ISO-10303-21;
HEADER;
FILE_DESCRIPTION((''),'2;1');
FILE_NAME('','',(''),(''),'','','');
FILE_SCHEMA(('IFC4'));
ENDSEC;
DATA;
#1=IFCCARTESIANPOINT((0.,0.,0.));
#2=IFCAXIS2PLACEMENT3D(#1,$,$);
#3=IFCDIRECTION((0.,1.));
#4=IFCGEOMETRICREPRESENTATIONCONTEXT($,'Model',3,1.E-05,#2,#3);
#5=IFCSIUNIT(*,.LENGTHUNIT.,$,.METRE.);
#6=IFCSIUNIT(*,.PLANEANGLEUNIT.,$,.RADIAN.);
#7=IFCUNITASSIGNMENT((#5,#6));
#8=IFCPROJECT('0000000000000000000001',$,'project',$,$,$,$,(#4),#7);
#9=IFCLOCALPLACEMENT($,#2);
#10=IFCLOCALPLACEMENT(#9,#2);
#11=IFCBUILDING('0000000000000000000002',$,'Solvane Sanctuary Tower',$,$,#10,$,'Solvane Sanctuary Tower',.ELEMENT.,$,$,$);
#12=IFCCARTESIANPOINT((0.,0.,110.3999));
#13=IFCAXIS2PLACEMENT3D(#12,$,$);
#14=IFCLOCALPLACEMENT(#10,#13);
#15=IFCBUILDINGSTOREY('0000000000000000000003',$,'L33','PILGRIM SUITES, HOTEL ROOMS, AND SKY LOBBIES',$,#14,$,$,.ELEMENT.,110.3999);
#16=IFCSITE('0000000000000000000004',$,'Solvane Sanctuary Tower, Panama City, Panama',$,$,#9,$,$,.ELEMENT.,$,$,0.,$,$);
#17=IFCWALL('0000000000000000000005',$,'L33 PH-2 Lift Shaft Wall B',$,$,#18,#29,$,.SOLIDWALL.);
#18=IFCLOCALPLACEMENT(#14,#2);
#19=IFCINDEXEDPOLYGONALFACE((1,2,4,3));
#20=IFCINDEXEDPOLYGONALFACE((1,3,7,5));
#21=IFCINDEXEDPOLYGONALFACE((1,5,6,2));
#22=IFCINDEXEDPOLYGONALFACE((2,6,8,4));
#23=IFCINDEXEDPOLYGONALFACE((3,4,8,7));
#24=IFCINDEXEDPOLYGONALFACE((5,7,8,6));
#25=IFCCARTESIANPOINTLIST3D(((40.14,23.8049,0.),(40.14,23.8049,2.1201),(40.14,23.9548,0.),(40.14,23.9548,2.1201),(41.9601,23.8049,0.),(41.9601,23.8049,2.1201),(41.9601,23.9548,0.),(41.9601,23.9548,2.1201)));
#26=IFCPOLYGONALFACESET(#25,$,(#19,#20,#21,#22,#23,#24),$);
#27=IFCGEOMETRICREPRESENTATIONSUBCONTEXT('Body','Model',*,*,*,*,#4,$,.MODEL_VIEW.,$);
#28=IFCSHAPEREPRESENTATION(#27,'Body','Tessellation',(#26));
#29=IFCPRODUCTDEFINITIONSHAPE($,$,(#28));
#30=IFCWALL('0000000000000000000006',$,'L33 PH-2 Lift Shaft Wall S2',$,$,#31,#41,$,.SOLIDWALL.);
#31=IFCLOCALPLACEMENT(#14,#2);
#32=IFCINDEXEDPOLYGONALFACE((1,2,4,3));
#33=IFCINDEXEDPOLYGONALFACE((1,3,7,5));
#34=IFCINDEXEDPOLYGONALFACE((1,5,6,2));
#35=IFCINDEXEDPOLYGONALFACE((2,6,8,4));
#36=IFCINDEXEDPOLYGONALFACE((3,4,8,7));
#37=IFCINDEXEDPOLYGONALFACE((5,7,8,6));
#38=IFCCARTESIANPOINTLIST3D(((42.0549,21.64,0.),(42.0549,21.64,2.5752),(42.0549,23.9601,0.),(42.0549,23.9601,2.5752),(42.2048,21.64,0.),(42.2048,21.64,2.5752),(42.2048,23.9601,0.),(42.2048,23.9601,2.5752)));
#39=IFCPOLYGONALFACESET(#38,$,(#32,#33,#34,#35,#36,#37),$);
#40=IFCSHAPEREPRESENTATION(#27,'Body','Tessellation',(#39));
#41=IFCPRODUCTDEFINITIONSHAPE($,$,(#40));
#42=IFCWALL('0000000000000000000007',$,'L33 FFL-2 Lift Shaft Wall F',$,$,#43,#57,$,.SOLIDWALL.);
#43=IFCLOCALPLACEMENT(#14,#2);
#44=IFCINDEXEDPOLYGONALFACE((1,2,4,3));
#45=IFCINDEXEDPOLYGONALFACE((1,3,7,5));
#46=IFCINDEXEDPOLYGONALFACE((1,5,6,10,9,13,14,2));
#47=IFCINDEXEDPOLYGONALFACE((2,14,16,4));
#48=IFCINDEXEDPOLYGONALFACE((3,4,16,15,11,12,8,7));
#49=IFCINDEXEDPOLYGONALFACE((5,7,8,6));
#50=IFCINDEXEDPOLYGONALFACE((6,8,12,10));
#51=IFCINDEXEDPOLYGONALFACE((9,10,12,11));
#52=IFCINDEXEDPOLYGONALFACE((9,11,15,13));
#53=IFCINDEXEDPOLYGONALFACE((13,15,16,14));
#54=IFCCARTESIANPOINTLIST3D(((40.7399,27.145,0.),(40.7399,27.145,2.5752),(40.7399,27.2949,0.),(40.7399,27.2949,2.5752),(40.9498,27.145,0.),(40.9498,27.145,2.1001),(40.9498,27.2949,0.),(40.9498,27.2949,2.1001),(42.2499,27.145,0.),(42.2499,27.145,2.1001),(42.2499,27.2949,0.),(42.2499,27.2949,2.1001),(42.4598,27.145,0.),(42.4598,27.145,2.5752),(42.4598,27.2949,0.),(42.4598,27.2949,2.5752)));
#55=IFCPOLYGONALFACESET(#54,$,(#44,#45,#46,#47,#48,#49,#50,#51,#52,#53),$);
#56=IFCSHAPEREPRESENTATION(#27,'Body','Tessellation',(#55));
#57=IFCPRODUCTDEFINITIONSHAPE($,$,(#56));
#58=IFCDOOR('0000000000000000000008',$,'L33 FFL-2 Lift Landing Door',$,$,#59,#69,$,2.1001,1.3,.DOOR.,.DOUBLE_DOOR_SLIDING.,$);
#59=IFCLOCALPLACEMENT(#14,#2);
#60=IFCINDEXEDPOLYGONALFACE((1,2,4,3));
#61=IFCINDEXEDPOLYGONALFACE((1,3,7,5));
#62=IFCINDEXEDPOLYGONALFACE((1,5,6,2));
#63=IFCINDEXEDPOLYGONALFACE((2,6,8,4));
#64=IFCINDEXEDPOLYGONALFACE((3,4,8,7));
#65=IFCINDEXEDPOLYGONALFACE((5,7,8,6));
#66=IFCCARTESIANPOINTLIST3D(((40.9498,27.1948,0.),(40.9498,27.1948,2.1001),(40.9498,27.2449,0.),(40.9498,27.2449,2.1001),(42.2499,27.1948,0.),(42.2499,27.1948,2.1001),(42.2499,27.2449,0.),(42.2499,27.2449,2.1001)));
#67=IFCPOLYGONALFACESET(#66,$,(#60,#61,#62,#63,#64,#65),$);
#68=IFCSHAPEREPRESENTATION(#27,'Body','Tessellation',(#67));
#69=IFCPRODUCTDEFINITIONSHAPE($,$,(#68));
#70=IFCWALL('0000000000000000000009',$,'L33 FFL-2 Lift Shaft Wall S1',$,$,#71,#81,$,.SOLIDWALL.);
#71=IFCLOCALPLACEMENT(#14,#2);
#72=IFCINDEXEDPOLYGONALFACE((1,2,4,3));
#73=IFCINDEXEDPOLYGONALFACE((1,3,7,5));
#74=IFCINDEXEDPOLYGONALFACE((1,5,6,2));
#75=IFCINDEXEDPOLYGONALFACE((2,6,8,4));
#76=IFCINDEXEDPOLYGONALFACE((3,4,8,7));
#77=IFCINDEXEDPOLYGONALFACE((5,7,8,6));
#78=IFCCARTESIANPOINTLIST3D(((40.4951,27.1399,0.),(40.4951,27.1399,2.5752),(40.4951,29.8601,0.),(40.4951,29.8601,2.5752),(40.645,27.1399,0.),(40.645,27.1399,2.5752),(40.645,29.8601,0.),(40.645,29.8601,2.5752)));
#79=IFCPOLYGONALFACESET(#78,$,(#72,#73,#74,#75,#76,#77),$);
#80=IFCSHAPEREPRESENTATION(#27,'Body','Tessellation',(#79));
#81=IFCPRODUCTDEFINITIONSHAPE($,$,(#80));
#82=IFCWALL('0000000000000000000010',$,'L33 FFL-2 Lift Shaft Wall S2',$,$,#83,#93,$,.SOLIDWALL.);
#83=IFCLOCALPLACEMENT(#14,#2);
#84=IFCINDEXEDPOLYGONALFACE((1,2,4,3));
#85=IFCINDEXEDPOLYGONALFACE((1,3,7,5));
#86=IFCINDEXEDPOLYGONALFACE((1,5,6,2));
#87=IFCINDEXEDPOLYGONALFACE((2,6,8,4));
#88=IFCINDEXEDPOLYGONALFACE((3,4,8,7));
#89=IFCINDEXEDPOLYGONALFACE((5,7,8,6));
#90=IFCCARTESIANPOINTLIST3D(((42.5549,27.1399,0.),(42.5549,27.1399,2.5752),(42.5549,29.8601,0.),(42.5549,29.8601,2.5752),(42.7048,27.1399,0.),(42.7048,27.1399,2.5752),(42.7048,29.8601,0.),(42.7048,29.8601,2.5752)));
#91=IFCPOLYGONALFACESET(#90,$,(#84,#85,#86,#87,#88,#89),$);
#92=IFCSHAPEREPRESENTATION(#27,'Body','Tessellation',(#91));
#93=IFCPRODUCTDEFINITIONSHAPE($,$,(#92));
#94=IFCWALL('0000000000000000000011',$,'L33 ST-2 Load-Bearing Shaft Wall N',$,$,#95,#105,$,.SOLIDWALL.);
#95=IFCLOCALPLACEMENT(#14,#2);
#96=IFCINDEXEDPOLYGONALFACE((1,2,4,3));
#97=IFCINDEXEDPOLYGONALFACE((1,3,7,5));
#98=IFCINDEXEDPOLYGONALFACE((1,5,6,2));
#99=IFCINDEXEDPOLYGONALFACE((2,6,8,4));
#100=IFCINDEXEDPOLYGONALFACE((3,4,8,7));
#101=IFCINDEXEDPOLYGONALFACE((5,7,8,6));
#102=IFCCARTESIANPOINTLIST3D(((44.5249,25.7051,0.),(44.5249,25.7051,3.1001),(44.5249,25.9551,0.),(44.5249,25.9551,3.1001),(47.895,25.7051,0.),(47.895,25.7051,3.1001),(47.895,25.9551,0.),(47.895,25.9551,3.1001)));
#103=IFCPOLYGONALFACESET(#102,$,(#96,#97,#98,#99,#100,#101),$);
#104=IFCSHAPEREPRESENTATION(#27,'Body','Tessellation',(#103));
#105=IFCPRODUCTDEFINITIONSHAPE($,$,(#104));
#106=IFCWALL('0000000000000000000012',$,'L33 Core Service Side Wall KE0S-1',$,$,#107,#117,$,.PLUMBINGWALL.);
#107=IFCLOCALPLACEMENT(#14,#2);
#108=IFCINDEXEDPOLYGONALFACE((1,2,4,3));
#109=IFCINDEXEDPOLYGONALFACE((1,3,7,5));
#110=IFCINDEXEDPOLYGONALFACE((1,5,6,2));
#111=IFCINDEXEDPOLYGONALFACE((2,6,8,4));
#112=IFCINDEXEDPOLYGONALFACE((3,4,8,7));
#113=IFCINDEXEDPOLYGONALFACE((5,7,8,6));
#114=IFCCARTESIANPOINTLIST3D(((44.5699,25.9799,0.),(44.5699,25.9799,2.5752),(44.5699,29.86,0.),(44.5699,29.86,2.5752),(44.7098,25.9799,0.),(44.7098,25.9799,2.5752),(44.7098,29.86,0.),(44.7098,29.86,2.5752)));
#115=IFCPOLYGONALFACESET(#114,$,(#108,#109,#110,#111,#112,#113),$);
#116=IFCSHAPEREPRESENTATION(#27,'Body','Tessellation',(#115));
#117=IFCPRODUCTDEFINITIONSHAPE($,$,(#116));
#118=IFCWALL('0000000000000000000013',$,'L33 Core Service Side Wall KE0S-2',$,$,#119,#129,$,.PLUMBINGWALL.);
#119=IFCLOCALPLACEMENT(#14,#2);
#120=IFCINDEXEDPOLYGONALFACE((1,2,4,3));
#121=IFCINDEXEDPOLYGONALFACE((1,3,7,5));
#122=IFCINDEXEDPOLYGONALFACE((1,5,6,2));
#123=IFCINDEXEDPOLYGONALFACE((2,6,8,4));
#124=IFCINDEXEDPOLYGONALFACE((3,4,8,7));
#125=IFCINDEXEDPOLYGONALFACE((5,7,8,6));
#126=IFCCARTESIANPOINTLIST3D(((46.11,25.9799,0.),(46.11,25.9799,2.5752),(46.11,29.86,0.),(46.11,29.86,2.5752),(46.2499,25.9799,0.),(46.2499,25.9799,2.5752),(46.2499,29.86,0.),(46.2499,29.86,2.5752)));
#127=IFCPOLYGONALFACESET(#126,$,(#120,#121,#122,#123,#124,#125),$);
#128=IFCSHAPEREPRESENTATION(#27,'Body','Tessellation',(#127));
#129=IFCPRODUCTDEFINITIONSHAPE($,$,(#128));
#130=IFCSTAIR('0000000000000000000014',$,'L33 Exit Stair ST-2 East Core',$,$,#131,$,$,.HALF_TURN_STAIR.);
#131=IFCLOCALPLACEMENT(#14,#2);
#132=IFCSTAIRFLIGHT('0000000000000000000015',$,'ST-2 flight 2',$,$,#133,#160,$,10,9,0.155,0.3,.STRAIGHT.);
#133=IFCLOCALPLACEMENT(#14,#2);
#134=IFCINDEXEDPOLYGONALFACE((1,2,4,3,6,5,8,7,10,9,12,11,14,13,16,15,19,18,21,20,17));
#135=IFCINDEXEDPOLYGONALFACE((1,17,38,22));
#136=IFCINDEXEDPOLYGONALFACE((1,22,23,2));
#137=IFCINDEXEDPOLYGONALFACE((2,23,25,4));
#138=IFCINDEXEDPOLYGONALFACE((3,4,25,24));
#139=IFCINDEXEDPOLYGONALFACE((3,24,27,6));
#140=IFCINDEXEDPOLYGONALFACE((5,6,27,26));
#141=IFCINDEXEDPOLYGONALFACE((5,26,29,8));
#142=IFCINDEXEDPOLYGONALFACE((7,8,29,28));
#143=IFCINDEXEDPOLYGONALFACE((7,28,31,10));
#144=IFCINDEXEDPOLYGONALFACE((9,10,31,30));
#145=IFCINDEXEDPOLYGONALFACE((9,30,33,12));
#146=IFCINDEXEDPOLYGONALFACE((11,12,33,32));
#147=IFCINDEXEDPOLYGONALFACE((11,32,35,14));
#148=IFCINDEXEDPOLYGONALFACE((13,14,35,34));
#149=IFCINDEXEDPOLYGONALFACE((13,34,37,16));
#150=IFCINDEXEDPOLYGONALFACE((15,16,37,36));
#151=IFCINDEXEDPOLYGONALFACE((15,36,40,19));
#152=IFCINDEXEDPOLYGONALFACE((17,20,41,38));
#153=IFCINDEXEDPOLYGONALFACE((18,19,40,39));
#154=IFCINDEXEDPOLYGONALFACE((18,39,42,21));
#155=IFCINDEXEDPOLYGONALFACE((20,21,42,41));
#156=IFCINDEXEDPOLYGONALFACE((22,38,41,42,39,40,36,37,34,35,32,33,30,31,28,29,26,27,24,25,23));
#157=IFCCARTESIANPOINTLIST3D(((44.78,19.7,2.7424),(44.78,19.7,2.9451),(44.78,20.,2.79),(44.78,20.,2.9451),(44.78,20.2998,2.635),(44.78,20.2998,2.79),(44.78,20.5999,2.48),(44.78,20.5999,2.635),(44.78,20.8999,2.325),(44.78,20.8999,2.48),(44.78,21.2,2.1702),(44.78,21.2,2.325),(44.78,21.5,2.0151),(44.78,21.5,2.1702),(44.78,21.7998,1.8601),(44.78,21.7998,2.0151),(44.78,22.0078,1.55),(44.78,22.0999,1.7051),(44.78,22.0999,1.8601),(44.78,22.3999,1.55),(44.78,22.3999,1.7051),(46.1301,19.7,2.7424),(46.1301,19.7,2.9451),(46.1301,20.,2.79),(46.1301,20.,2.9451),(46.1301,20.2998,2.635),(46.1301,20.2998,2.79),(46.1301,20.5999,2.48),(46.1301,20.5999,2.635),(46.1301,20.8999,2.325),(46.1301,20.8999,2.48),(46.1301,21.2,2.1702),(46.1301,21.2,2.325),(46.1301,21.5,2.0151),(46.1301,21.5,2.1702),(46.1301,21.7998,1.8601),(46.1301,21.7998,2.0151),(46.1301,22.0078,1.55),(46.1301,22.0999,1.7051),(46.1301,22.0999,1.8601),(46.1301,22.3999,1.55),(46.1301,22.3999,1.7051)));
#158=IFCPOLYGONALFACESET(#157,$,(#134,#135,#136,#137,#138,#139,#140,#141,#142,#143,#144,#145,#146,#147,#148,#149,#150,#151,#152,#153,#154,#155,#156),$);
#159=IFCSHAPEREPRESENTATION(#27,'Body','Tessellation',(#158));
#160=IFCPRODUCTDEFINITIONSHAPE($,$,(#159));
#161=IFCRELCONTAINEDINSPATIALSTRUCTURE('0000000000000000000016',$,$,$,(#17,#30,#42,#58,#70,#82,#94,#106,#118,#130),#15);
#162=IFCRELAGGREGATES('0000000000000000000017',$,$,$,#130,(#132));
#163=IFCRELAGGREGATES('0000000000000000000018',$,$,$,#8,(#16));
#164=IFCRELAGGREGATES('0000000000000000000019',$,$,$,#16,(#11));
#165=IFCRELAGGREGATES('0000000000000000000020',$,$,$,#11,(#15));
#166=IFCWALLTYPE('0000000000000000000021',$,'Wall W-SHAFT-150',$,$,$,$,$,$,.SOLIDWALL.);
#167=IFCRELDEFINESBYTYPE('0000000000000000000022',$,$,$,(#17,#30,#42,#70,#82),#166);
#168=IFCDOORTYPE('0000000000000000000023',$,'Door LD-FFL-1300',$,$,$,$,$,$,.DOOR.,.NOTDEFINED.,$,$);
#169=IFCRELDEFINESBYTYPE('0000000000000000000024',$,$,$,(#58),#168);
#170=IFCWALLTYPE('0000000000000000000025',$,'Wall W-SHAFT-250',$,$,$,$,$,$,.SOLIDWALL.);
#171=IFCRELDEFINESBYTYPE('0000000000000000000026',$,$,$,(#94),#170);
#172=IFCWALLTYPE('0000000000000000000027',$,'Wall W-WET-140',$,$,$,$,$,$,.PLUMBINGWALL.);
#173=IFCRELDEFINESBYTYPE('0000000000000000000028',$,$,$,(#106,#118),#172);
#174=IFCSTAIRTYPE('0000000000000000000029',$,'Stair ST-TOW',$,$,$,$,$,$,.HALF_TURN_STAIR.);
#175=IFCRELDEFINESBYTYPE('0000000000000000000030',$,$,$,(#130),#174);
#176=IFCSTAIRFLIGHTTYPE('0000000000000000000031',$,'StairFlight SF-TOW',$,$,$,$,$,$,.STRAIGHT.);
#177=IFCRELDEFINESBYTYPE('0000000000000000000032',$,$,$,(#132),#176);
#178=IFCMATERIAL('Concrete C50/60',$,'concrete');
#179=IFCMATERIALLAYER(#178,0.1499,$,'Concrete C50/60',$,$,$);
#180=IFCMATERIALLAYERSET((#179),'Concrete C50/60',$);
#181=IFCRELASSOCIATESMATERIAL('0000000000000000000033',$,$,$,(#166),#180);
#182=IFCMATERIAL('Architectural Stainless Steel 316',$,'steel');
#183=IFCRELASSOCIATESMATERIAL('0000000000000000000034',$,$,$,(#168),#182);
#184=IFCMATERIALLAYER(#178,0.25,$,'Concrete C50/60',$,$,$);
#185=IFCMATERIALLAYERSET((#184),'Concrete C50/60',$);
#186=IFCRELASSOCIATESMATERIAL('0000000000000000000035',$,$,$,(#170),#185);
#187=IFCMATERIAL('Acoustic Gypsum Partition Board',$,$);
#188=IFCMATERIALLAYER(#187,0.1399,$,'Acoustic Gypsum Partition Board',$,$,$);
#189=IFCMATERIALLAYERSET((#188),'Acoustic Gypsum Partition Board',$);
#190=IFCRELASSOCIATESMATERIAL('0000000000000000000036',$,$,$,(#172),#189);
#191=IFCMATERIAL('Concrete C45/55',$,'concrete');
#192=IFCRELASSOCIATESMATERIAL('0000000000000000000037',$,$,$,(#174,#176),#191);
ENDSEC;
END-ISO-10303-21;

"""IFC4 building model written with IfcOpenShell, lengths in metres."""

from ifc_helpers import new_model, si_unit, direction, frame, frame_2d, origin, place, context, subcontext, project, spatial, polyline, rectangle, outline, extrude, material, layer, layer_set, type_object, element, fill, aggregate, save


model = new_model("IFC4")

# Units and contexts
model_context = context("Model", 3, precision=1e-05, world=origin(), true_north=direction((0.0, 1.0)))
body_context = subcontext(model_context, "Body", "Model", "MODEL_VIEW")
ifc_project = project(units=[si_unit("LENGTHUNIT", "METRE"), si_unit("PLANEANGLEUNIT", "RADIAN")], contexts=[model_context])

# Site, building, storey
site_placement = place(None, origin())
site = spatial("IfcSite", under=ifc_project, at=site_placement, Name="Solvane Sanctuary Tower, Panama City, Panama", CompositionType="ELEMENT", RefElevation=0.0)
building_placement = place(site_placement, origin())
building = spatial("IfcBuilding", under=site, at=building_placement, Name="Solvane Sanctuary Tower", LongName="Solvane Sanctuary Tower", CompositionType="ELEMENT")
storey_placement = place(building_placement, frame((0.0, 0.0, 110.3999)))
storey = spatial("IfcBuildingStorey", under=building, at=storey_placement, Name="L33", Description="PILGRIM SUITES, HOTEL ROOMS, AND SKY LOBBIES", CompositionType="ELEMENT", Elevation=110.3999)

# Shared definitions
ifc_material_1 = material(Name="Acoustic Gypsum Partition Board")

# Shared definitions
ifc_material_2 = material(Name="Concrete C50/60", Category="concrete")
ifc_layer_1 = layer(ifc_material_2, 0.1499, Name="Concrete C50/60")
ifc_layer_set_1 = layer_set([ifc_layer_1], Name="Concrete C50/60")
wall_type_1 = type_object("IfcWallType", Name="Wall W-SHAFT-150", PredefinedType="SOLIDWALL", material=ifc_layer_set_1)
ifc_material_3 = material(Name="Architectural Stainless Steel 316", Category="steel")

# Walls
for number, where, z_axis, x_axis, name in (
    (1, (40.1399, 23.8799, 0.0), (0.0, 0.0, 1.0), (1.0, 0.0, 0.0), "L33 PH-2 Lift Shaft Wall B"),
):
    element("IfcWall", number, at=place(storey_placement, frame(where, z_axis=z_axis, x_axis=x_axis)), inside=storey, type_object=wall_type_1, Name=name, PredefinedType="SOLIDWALL", context=body_context, shape_type="SweptSolid", body=[
        extrude(rectangle(XDim=1.8201, YDim=0.1499, at=frame_2d((0.9102, 0.0))), origin(), (0.0, 0.0, 1.0), 2.1201),
    ])
wall_1_placement = place(storey_placement, frame((42.1299, 21.6399, 0.0), z_axis=(0.0, 0.0, 1.0), x_axis=(0.0, 1.0, 0.0)))
element("IfcWall", 2, at=wall_1_placement, inside=storey, type_object=wall_type_1, Name="L33 PH-2 Lift Shaft Wall S2", PredefinedType="SOLIDWALL", context=body_context, shape_type="SweptSolid", body=[
    extrude(rectangle(XDim=2.3201, YDim=0.1499, at=frame_2d((1.1602, 0.0))), origin(), (0.0, 0.0, 1.0), 2.5752),
])

# Wall, opening, door
wall_2_placement = place(storey_placement, frame((40.74, 27.22, 0.0), z_axis=(0.0, 0.0, 1.0), x_axis=(1.0, 0.0, 0.0)))
wall_2 = element("IfcWall", 3, at=wall_2_placement, inside=storey, type_object=wall_type_1, Name="L33 FFL-2 Lift Shaft Wall F", PredefinedType="SOLIDWALL", context=body_context, shape_type="SweptSolid", body=[
    extrude(rectangle(XDim=1.72, YDim=0.1499, at=frame_2d((0.8599, 0.0))), origin(), (0.0, 0.0, 1.0), 2.5752),
])
opening_1_placement = place(wall_2_placement, frame((0.21, 0.0, 0.0)))
opening_1 = element("IfcOpeningElement", 4, at=opening_1_placement, cuts=wall_2, PredefinedType="OPENING", context=body_context, shape_type="SweptSolid", body=[
    extrude(rectangle(XDim=1.3, YDim=2.1001, at=frame_2d((0.6499, 1.05))), frame((0.0, 0.085, 0.0), z_axis=(0.0, -1.0, 0.0), x_axis=(1.0, 0.0, 0.0)), (0.0, 0.0, 1.0), 0.1699),
])
door_type_1 = type_object("IfcDoorType", Name="Door LD-FFL-1300", OperationType="NOTDEFINED", PredefinedType="DOOR", material=ifc_material_3)
door_1_placement = place(opening_1_placement, origin())
door_1 = element("IfcDoor", 5, at=door_1_placement, inside=storey, type_object=door_type_1, Name="L33 FFL-2 Lift Landing Door", OperationType="DOUBLE_DOOR_SLIDING", OverallHeight=2.1001, OverallWidth=1.3, PredefinedType="DOOR", context=body_context, shape_type="SweptSolid", body=[
    extrude(rectangle(XDim=1.3, YDim=2.1001, at=frame_2d((0.6499, 1.05))), frame((0.0, 0.0249, 0.0), z_axis=(0.0, -1.0, 0.0), x_axis=(1.0, 0.0, 0.0)), (0.0, 0.0, 1.0), 0.05),
])
fill(opening_1, door_1)

# Walls
for number, where, z_axis, x_axis, name in (
    (6, (40.5701, 27.1399, 0.0), (0.0, 0.0, 1.0), (0.0, 1.0, 0.0), "L33 FFL-2 Lift Shaft Wall S1"),
    (7, (42.6299, 27.1399, 0.0), (0.0, 0.0, 1.0), (0.0, 1.0, 0.0), "L33 FFL-2 Lift Shaft Wall S2"),
):
    element("IfcWall", number, at=place(storey_placement, frame(where, z_axis=z_axis, x_axis=x_axis)), inside=storey, type_object=wall_type_1, Name=name, PredefinedType="SOLIDWALL", context=body_context, shape_type="SweptSolid", body=[
        extrude(rectangle(XDim=2.7202, YDim=0.1499, at=frame_2d((1.3601, 0.0))), origin(), (0.0, 0.0, 1.0), 2.5752),
    ])
ifc_layer_2 = layer(ifc_material_2, 0.25, Name="Concrete C50/60")
ifc_layer_set_2 = layer_set([ifc_layer_2], Name="Concrete C50/60")
wall_type_2 = type_object("IfcWallType", Name="Wall W-SHAFT-250", PredefinedType="SOLIDWALL", material=ifc_layer_set_2)
wall_3_placement = place(storey_placement, frame((44.5249, 25.8301, 0.0), z_axis=(0.0, 0.0, 1.0), x_axis=(1.0, 0.0, 0.0)))
element("IfcWall", 8, at=wall_3_placement, inside=storey, type_object=wall_type_2, Name="L33 ST-2 Load-Bearing Shaft Wall N", PredefinedType="SOLIDWALL", context=body_context, shape_type="SweptSolid", body=[
    extrude(rectangle(XDim=3.3701, YDim=0.25, at=frame_2d((1.6851, 0.0))), origin(), (0.0, 0.0, 1.0), 3.1001),
])
ifc_layer_3 = layer(ifc_material_1, 0.1399, Name="Acoustic Gypsum Partition Board")
ifc_layer_set_3 = layer_set([ifc_layer_3], Name="Acoustic Gypsum Partition Board")
wall_type_3 = type_object("IfcWallType", Name="Wall W-WET-140", PredefinedType="PLUMBINGWALL", material=ifc_layer_set_3)
for number, where, z_axis, x_axis, name in (
    (9, (44.6399, 25.98, 0.0), (0.0, 0.0, 1.0), (0.0, 1.0, 0.0), "L33 Core Service Side Wall KE0S-1"),
    (10, (46.1799, 25.98, 0.0), (0.0, 0.0, 1.0), (0.0, 1.0, 0.0), "L33 Core Service Side Wall KE0S-2"),
):
    element("IfcWall", number, at=place(storey_placement, frame(where, z_axis=z_axis, x_axis=x_axis)), inside=storey, type_object=wall_type_3, Name=name, PredefinedType="PLUMBINGWALL", context=body_context, shape_type="SweptSolid", body=[
        extrude(rectangle(XDim=3.8801, YDim=0.1399, at=frame_2d((1.9399, 0.0))), origin(), (0.0, 0.0, 1.0), 2.5752),
    ])

# Stair, stair flight
ifc_material_4 = material(Name="Concrete C45/55", Category="concrete")
stair_type = type_object("IfcStairType", Name="Stair ST-TOW", PredefinedType="HALF_TURN_STAIR", material=ifc_material_4)
stair_placement = place(storey_placement, origin())
stair = element("IfcStair", 11, at=stair_placement, inside=storey, type_object=stair_type, Name="L33 Exit Stair ST-2 East Core", PredefinedType="HALF_TURN_STAIR")
stair_flight_type = type_object("IfcStairFlightType", Name="StairFlight SF-TOW", PredefinedType="STRAIGHT", material=ifc_material_4)
stair_flight_placement = place(storey_placement, frame((45.4551, 22.3999, 1.55), z_axis=(0.0, 0.0, 1.0), x_axis=(0.0, -1.0, 0.0)))
stair_flight = element("IfcStairFlight", 12, at=stair_flight_placement, type_object=stair_flight_type, Name="ST-2 flight 2", NumberOfRisers=10, NumberOfTreads=9, PredefinedType="STRAIGHT", RiserHeight=0.155, TreadLength=0.3, context=body_context, shape_type="SweptSolid", body=[
    extrude(outline(polyline([(0.0, 0.0), (0.0, 0.155), (0.3, 0.155), (0.3, 0.3101), (0.6001, 0.3101), (0.6001, 0.4651), (0.8999, 0.4651), (0.8999, 0.6201), (1.2, 0.6201), (1.2, 0.7749), (1.5, 0.7749), (1.5, 0.9299), (1.8, 0.9299), (1.8, 1.085), (2.1001, 1.085), (2.1001, 1.24), (2.3999, 1.24), (2.3999, 1.395), (2.7, 1.395), (2.7, 1.55), (2.7, 1.1924), (0.3921, 0.0), (0.0, 0.0)])), frame((0.0, 0.675, 0.0), z_axis=(0.0, -1.0, 0.0), x_axis=(1.0, 0.0, 0.0)), (0.0, 0.0, 1.0), 1.3501),
])
aggregate(stair, [stair_flight])

save(model, "model.ifc")
